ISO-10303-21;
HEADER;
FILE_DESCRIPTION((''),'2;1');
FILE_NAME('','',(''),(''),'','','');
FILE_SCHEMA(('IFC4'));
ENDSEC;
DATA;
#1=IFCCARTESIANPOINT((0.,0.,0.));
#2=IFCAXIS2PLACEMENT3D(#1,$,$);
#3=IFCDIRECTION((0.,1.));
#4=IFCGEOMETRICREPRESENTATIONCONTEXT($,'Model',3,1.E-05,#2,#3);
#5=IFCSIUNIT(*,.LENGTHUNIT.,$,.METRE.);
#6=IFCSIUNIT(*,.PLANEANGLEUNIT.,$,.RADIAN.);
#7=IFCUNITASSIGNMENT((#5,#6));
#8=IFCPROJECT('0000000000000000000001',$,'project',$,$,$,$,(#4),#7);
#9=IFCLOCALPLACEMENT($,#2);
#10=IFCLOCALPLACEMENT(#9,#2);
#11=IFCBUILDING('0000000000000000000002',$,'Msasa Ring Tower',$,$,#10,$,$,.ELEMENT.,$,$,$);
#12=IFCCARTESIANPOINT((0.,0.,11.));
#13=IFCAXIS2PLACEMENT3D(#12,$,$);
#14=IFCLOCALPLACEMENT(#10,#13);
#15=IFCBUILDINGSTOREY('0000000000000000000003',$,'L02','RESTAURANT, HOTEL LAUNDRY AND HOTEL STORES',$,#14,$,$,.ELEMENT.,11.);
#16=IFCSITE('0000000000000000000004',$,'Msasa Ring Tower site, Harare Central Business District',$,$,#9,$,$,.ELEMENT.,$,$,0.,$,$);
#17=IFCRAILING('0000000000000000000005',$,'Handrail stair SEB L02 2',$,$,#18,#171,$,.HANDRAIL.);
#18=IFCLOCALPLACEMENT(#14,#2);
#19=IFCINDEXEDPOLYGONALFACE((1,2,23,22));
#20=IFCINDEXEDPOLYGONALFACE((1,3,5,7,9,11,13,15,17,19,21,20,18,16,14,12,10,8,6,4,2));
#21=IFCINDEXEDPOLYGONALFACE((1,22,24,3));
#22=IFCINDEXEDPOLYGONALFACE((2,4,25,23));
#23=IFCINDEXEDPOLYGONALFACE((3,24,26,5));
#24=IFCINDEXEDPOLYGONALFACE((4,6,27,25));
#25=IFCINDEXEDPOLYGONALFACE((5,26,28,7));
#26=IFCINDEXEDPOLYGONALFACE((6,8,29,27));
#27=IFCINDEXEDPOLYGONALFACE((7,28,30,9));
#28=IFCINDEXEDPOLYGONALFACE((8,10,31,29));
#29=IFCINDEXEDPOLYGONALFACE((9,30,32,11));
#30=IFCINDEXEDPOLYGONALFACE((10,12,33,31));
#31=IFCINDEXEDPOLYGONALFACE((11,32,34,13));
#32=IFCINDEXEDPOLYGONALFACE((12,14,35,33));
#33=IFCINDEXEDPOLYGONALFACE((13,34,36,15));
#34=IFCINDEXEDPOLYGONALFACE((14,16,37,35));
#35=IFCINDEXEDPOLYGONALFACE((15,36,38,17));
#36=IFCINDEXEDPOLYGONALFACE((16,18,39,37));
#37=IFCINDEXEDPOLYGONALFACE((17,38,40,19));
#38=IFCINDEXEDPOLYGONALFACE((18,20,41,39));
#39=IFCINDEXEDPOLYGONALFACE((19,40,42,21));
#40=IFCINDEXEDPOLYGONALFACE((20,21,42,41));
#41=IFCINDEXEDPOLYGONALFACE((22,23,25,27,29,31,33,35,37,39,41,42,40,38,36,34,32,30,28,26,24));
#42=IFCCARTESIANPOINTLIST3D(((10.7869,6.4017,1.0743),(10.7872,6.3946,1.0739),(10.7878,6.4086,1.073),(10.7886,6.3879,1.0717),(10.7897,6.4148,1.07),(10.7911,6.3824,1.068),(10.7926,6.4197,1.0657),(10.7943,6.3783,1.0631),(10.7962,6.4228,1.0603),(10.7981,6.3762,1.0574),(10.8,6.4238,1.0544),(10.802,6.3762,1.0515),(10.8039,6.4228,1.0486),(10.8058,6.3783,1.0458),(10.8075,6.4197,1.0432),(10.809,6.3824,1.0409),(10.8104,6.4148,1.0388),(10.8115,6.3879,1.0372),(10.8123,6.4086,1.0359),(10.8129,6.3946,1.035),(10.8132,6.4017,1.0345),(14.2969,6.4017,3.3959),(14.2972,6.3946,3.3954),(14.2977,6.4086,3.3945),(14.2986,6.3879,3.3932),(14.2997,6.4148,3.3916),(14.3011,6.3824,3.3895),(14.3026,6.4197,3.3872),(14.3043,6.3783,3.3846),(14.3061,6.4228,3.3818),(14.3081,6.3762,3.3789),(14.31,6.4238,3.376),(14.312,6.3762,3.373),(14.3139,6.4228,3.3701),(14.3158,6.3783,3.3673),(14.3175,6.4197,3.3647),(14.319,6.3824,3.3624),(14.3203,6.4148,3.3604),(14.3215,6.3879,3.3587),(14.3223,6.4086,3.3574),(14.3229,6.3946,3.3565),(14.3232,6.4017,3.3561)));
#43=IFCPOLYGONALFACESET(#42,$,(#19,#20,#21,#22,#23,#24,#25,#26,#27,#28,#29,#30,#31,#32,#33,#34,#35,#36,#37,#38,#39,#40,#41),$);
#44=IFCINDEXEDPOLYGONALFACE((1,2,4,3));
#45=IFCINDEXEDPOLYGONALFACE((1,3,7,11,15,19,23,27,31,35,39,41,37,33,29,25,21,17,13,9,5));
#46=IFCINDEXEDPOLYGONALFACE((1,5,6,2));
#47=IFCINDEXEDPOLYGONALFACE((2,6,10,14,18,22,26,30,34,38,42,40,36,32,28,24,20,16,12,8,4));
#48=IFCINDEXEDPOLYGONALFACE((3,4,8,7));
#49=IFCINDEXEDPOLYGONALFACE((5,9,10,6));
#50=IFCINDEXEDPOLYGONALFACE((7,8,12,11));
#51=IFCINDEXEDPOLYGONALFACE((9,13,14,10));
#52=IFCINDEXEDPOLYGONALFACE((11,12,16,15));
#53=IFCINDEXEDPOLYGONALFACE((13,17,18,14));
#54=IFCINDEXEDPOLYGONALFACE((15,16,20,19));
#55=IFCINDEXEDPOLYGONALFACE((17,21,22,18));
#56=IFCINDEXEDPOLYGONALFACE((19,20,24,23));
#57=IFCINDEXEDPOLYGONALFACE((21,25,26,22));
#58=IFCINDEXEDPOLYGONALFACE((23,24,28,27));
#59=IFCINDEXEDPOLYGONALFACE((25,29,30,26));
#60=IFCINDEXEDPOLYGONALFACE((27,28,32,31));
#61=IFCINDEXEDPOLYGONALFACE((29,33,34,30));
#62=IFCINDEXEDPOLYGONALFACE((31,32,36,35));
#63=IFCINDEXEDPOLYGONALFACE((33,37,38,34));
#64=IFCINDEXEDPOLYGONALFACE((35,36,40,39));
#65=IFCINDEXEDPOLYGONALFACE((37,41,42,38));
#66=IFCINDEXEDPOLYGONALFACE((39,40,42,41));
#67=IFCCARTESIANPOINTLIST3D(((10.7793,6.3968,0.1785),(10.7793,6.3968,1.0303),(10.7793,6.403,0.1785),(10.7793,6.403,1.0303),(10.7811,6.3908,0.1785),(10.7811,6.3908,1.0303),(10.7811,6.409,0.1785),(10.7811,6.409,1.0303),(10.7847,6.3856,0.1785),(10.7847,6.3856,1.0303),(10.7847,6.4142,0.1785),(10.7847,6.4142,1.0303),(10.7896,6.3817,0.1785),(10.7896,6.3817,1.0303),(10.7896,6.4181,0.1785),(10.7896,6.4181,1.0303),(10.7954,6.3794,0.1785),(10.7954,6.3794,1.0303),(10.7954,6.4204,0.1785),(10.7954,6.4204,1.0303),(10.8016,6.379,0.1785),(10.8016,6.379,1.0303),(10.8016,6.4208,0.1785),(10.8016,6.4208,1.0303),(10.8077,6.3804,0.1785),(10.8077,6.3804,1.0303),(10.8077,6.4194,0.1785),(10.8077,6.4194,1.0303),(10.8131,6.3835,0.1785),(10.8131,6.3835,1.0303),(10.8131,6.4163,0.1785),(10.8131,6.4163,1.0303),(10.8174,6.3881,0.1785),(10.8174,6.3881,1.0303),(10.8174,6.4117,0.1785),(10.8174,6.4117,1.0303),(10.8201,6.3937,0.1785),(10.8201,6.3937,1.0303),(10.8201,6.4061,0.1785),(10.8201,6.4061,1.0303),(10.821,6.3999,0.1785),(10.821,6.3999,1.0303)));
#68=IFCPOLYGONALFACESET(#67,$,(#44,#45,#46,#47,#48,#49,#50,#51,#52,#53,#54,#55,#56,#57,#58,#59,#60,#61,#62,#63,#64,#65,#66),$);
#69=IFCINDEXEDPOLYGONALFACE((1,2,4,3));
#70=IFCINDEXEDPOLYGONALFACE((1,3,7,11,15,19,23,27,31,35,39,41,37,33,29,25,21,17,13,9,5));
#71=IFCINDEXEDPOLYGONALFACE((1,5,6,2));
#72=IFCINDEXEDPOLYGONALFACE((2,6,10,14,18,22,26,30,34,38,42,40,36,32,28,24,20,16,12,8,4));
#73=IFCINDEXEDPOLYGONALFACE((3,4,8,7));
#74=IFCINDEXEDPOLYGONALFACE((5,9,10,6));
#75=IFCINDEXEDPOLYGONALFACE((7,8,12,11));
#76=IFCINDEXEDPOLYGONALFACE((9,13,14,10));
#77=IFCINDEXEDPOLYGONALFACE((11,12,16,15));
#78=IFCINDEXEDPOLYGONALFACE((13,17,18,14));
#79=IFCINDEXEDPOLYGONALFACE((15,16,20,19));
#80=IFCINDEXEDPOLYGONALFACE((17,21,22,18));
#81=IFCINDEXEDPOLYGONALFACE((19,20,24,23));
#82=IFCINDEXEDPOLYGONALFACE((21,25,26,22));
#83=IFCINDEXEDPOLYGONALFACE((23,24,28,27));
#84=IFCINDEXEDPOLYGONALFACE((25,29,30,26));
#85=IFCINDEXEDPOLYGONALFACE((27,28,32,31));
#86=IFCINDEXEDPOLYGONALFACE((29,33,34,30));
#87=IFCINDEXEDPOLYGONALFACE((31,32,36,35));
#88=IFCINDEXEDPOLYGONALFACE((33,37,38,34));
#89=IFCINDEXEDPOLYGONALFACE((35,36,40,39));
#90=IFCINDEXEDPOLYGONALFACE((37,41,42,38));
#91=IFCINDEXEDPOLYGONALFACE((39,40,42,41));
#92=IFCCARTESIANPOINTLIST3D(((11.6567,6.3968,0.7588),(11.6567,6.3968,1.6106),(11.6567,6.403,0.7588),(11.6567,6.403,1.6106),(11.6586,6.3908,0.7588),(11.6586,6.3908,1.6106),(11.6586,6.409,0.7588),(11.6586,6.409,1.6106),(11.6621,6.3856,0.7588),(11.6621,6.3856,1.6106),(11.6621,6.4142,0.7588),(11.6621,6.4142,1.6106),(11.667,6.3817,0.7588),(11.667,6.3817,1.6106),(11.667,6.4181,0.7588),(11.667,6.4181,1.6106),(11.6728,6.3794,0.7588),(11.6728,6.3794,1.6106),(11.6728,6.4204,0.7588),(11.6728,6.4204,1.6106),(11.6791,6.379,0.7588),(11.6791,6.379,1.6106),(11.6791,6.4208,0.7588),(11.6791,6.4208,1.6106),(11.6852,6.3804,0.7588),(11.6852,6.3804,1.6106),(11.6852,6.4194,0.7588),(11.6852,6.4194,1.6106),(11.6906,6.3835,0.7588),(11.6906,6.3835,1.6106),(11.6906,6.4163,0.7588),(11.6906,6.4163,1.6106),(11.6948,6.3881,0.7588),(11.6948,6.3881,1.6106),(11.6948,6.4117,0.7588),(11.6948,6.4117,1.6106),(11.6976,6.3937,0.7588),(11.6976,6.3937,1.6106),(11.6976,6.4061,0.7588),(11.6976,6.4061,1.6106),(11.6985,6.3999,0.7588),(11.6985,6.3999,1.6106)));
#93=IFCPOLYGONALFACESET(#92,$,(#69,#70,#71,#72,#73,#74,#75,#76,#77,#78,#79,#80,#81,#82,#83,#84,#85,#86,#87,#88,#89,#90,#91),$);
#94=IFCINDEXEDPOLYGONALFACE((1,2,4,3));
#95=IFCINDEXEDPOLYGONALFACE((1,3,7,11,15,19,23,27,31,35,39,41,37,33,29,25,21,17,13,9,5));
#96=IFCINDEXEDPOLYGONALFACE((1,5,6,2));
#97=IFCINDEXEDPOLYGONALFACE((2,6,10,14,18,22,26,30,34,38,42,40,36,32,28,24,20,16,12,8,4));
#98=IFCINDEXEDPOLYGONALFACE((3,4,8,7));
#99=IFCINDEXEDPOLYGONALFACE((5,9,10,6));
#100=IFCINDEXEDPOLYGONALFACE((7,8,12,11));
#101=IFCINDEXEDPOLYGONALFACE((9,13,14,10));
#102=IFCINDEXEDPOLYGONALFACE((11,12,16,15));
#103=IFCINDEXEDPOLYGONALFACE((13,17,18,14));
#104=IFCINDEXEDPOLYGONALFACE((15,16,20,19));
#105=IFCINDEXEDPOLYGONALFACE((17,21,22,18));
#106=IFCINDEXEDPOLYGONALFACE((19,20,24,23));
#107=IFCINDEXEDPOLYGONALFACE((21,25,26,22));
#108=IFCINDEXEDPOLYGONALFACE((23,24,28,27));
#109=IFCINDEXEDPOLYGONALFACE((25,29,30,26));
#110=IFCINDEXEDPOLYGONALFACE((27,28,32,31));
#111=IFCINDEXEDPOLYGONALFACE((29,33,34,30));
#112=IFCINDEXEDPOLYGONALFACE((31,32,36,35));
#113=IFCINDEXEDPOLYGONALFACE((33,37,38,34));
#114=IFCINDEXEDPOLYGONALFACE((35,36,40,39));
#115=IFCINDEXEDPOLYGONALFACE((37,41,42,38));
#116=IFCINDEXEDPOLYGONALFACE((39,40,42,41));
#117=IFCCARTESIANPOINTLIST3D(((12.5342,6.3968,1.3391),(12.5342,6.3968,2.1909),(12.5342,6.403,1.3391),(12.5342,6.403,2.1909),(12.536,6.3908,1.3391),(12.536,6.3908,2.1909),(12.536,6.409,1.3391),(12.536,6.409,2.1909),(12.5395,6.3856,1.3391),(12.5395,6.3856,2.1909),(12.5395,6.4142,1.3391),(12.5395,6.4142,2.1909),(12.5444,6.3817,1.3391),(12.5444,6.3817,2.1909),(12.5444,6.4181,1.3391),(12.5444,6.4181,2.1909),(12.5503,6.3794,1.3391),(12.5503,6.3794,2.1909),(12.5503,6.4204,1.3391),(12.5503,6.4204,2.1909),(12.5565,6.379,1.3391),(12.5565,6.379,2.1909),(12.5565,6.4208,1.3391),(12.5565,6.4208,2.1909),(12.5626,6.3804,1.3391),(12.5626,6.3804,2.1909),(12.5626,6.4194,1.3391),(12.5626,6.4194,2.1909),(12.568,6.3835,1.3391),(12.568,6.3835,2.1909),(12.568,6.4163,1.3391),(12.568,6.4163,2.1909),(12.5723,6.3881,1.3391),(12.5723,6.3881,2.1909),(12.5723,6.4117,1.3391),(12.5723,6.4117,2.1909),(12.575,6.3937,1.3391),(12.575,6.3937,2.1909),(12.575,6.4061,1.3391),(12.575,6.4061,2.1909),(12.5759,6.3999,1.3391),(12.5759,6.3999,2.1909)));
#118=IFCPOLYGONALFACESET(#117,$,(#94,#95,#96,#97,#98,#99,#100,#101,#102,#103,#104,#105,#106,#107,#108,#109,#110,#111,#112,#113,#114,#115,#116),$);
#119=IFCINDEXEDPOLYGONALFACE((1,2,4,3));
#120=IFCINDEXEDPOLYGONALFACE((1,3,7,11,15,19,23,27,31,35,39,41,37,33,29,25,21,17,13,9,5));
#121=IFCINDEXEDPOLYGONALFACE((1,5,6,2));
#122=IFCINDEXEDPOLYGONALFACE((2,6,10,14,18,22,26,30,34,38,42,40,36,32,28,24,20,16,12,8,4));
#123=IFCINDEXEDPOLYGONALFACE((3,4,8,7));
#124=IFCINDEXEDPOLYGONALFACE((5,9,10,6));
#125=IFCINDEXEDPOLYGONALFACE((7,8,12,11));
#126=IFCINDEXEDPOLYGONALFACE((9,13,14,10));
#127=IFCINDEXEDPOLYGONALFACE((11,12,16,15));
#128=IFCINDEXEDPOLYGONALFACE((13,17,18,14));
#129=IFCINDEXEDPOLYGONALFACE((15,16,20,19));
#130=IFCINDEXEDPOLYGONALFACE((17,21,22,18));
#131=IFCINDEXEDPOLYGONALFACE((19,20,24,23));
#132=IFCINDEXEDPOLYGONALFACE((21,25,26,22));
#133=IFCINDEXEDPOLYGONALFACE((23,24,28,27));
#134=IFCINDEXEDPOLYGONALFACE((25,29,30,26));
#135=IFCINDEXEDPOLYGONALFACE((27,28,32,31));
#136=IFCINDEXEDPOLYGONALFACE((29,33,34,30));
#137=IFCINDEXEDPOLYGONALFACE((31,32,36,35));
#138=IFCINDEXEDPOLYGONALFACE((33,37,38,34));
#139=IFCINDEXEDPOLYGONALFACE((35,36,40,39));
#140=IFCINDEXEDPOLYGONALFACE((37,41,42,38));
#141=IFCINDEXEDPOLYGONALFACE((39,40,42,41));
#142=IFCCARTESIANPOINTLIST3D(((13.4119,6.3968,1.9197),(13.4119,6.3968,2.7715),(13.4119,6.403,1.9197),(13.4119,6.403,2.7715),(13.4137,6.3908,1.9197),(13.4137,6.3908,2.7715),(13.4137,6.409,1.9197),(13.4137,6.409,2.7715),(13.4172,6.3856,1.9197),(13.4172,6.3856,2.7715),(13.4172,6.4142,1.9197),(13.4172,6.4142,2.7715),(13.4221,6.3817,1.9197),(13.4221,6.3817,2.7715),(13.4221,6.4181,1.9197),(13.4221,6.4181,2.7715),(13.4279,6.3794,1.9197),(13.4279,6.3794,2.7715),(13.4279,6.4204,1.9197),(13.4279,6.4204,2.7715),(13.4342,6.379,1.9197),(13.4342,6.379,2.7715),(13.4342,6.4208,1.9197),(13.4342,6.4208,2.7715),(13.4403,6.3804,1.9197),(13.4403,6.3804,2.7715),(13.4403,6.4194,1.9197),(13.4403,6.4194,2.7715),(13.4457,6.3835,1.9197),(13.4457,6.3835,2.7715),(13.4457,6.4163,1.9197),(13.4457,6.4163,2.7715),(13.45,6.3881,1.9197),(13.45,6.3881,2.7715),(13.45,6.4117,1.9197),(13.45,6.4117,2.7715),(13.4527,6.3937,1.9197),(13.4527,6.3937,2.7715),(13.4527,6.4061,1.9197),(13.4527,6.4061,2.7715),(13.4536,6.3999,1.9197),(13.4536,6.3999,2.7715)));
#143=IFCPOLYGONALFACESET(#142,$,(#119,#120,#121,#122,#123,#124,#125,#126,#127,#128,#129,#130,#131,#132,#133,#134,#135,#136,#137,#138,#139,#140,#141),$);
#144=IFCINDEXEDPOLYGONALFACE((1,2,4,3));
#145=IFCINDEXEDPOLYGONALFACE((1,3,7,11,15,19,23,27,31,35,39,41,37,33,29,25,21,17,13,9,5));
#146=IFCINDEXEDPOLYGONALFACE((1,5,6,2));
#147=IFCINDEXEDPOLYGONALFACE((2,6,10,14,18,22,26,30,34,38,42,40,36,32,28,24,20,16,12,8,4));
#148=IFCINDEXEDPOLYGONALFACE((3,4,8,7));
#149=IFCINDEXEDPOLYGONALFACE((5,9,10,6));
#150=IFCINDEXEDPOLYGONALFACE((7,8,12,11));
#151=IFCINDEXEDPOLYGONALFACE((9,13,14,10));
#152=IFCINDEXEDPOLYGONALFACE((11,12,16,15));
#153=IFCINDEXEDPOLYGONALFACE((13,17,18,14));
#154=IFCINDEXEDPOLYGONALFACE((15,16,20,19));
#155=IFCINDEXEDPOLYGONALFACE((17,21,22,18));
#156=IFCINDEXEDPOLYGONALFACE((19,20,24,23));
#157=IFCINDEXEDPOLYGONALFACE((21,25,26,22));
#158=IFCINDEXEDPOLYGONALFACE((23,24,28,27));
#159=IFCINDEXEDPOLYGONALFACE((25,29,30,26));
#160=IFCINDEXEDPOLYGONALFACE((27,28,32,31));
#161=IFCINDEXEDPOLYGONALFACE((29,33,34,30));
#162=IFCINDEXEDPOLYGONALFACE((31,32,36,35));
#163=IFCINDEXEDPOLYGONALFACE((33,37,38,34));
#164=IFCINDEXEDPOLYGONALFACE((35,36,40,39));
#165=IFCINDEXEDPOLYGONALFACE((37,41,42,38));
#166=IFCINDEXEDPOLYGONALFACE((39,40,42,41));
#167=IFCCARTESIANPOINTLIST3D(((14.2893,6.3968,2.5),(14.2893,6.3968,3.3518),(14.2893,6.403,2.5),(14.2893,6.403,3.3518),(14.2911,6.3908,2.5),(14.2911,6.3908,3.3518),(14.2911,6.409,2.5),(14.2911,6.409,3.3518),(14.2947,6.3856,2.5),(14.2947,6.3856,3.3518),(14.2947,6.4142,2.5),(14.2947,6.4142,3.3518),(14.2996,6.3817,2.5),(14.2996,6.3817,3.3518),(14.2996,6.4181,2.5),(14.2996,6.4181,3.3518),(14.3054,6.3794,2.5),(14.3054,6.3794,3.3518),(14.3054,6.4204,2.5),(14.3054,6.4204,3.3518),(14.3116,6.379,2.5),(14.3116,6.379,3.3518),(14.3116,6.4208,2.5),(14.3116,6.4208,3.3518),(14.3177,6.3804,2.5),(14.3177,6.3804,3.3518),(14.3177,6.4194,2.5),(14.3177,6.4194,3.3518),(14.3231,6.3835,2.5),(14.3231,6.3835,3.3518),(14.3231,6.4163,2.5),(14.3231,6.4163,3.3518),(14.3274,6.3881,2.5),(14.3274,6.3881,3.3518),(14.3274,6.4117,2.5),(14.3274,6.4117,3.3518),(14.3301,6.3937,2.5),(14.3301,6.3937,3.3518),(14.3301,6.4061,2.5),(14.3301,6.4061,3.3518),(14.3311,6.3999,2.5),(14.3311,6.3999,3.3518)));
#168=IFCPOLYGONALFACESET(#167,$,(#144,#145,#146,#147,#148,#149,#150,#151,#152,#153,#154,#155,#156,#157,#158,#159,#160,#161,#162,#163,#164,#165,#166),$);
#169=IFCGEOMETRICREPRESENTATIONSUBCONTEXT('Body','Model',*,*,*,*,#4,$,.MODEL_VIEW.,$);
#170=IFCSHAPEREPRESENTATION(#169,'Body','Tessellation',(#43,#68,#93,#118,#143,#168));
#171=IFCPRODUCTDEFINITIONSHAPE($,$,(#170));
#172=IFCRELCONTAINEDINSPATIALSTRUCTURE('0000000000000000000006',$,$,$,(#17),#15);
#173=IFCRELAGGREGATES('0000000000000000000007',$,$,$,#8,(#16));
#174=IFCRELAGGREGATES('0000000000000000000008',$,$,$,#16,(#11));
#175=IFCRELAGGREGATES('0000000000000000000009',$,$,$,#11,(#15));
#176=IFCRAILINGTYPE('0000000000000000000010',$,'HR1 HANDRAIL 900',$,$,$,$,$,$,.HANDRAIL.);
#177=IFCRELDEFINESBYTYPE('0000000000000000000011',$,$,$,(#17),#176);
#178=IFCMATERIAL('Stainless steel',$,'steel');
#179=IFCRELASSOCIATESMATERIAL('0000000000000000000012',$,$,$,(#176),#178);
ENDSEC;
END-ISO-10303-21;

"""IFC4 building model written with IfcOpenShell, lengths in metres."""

from ifc_helpers import new_model, si_unit, direction, frame, origin, origin_2d, place, context, subcontext, project, spatial, circle, extrude, material, type_object, element, save


model = new_model("IFC4")

# Units and contexts
model_context = context("Model", 3, precision=1e-05, world=origin(), true_north=direction((0.0, 1.0)))
body_context = subcontext(model_context, "Body", "Model", "MODEL_VIEW")
ifc_project = project(units=[si_unit("LENGTHUNIT", "METRE"), si_unit("PLANEANGLEUNIT", "RADIAN")], contexts=[model_context])

# Site, building, storey
site_placement = place(None, origin())
site = spatial("IfcSite", under=ifc_project, at=site_placement, Name="Msasa Ring Tower site, Harare Central Business District", CompositionType="ELEMENT", RefElevation=0.0)
building_placement = place(site_placement, origin())
building = spatial("IfcBuilding", under=site, at=building_placement, Name="Msasa Ring Tower", CompositionType="ELEMENT")
storey_placement = place(building_placement, frame((0.0, 0.0, 11.0)))
storey = spatial("IfcBuildingStorey", under=building, at=storey_placement, Name="L02", Description="RESTAURANT, HOTEL LAUNDRY AND HOTEL STORES", CompositionType="ELEMENT", Elevation=11.0)

# Railing
ifc_material_1 = material(Name="Stainless steel", Category="steel")
railing_type = type_object("IfcRailingType", Name="HR1 HANDRAIL 900", PredefinedType="HANDRAIL", material=ifc_material_1)
for number, where, name in (
    (1, (10.8, 6.3999, 0.1785), "Handrail stair SEB L02 2"),
):
    element("IfcRailing", number, at=place(storey_placement, frame(where)), inside=storey, type_object=railing_type, Name=name, PredefinedType="HANDRAIL", context=body_context, shape_type="SweptSolid", body=[
        extrude(circle(Radius=0.0239, at=origin_2d()), frame((0.0, 0.0, 0.876), z_axis=(0.834071, 0.0, 0.551657), x_axis=(0.0, 1.0, 0.0)), (0.0, 0.0, 1.0), 4.2083),
        extrude(circle(Radius=0.021, at=origin_2d()), origin(), (0.0, 0.0, 1.0), 0.8518),
        extrude(circle(Radius=0.021, at=origin_2d()), frame((0.8774, 0.0, 0.5803)), (0.0, 0.0, 1.0), 0.8518),
        extrude(circle(Radius=0.021, at=origin_2d()), frame((1.7549, 0.0, 1.1606)), (0.0, 0.0, 1.0), 0.8518),
        extrude(circle(Radius=0.021, at=origin_2d()), frame((2.6326, 0.0, 1.7412)), (0.0, 0.0, 1.0), 0.8518),
        extrude(circle(Radius=0.021, at=origin_2d()), frame((3.51, 0.0, 2.3215)), (0.0, 0.0, 1.0), 0.8518),
    ])

save(model, "model.ifc")
